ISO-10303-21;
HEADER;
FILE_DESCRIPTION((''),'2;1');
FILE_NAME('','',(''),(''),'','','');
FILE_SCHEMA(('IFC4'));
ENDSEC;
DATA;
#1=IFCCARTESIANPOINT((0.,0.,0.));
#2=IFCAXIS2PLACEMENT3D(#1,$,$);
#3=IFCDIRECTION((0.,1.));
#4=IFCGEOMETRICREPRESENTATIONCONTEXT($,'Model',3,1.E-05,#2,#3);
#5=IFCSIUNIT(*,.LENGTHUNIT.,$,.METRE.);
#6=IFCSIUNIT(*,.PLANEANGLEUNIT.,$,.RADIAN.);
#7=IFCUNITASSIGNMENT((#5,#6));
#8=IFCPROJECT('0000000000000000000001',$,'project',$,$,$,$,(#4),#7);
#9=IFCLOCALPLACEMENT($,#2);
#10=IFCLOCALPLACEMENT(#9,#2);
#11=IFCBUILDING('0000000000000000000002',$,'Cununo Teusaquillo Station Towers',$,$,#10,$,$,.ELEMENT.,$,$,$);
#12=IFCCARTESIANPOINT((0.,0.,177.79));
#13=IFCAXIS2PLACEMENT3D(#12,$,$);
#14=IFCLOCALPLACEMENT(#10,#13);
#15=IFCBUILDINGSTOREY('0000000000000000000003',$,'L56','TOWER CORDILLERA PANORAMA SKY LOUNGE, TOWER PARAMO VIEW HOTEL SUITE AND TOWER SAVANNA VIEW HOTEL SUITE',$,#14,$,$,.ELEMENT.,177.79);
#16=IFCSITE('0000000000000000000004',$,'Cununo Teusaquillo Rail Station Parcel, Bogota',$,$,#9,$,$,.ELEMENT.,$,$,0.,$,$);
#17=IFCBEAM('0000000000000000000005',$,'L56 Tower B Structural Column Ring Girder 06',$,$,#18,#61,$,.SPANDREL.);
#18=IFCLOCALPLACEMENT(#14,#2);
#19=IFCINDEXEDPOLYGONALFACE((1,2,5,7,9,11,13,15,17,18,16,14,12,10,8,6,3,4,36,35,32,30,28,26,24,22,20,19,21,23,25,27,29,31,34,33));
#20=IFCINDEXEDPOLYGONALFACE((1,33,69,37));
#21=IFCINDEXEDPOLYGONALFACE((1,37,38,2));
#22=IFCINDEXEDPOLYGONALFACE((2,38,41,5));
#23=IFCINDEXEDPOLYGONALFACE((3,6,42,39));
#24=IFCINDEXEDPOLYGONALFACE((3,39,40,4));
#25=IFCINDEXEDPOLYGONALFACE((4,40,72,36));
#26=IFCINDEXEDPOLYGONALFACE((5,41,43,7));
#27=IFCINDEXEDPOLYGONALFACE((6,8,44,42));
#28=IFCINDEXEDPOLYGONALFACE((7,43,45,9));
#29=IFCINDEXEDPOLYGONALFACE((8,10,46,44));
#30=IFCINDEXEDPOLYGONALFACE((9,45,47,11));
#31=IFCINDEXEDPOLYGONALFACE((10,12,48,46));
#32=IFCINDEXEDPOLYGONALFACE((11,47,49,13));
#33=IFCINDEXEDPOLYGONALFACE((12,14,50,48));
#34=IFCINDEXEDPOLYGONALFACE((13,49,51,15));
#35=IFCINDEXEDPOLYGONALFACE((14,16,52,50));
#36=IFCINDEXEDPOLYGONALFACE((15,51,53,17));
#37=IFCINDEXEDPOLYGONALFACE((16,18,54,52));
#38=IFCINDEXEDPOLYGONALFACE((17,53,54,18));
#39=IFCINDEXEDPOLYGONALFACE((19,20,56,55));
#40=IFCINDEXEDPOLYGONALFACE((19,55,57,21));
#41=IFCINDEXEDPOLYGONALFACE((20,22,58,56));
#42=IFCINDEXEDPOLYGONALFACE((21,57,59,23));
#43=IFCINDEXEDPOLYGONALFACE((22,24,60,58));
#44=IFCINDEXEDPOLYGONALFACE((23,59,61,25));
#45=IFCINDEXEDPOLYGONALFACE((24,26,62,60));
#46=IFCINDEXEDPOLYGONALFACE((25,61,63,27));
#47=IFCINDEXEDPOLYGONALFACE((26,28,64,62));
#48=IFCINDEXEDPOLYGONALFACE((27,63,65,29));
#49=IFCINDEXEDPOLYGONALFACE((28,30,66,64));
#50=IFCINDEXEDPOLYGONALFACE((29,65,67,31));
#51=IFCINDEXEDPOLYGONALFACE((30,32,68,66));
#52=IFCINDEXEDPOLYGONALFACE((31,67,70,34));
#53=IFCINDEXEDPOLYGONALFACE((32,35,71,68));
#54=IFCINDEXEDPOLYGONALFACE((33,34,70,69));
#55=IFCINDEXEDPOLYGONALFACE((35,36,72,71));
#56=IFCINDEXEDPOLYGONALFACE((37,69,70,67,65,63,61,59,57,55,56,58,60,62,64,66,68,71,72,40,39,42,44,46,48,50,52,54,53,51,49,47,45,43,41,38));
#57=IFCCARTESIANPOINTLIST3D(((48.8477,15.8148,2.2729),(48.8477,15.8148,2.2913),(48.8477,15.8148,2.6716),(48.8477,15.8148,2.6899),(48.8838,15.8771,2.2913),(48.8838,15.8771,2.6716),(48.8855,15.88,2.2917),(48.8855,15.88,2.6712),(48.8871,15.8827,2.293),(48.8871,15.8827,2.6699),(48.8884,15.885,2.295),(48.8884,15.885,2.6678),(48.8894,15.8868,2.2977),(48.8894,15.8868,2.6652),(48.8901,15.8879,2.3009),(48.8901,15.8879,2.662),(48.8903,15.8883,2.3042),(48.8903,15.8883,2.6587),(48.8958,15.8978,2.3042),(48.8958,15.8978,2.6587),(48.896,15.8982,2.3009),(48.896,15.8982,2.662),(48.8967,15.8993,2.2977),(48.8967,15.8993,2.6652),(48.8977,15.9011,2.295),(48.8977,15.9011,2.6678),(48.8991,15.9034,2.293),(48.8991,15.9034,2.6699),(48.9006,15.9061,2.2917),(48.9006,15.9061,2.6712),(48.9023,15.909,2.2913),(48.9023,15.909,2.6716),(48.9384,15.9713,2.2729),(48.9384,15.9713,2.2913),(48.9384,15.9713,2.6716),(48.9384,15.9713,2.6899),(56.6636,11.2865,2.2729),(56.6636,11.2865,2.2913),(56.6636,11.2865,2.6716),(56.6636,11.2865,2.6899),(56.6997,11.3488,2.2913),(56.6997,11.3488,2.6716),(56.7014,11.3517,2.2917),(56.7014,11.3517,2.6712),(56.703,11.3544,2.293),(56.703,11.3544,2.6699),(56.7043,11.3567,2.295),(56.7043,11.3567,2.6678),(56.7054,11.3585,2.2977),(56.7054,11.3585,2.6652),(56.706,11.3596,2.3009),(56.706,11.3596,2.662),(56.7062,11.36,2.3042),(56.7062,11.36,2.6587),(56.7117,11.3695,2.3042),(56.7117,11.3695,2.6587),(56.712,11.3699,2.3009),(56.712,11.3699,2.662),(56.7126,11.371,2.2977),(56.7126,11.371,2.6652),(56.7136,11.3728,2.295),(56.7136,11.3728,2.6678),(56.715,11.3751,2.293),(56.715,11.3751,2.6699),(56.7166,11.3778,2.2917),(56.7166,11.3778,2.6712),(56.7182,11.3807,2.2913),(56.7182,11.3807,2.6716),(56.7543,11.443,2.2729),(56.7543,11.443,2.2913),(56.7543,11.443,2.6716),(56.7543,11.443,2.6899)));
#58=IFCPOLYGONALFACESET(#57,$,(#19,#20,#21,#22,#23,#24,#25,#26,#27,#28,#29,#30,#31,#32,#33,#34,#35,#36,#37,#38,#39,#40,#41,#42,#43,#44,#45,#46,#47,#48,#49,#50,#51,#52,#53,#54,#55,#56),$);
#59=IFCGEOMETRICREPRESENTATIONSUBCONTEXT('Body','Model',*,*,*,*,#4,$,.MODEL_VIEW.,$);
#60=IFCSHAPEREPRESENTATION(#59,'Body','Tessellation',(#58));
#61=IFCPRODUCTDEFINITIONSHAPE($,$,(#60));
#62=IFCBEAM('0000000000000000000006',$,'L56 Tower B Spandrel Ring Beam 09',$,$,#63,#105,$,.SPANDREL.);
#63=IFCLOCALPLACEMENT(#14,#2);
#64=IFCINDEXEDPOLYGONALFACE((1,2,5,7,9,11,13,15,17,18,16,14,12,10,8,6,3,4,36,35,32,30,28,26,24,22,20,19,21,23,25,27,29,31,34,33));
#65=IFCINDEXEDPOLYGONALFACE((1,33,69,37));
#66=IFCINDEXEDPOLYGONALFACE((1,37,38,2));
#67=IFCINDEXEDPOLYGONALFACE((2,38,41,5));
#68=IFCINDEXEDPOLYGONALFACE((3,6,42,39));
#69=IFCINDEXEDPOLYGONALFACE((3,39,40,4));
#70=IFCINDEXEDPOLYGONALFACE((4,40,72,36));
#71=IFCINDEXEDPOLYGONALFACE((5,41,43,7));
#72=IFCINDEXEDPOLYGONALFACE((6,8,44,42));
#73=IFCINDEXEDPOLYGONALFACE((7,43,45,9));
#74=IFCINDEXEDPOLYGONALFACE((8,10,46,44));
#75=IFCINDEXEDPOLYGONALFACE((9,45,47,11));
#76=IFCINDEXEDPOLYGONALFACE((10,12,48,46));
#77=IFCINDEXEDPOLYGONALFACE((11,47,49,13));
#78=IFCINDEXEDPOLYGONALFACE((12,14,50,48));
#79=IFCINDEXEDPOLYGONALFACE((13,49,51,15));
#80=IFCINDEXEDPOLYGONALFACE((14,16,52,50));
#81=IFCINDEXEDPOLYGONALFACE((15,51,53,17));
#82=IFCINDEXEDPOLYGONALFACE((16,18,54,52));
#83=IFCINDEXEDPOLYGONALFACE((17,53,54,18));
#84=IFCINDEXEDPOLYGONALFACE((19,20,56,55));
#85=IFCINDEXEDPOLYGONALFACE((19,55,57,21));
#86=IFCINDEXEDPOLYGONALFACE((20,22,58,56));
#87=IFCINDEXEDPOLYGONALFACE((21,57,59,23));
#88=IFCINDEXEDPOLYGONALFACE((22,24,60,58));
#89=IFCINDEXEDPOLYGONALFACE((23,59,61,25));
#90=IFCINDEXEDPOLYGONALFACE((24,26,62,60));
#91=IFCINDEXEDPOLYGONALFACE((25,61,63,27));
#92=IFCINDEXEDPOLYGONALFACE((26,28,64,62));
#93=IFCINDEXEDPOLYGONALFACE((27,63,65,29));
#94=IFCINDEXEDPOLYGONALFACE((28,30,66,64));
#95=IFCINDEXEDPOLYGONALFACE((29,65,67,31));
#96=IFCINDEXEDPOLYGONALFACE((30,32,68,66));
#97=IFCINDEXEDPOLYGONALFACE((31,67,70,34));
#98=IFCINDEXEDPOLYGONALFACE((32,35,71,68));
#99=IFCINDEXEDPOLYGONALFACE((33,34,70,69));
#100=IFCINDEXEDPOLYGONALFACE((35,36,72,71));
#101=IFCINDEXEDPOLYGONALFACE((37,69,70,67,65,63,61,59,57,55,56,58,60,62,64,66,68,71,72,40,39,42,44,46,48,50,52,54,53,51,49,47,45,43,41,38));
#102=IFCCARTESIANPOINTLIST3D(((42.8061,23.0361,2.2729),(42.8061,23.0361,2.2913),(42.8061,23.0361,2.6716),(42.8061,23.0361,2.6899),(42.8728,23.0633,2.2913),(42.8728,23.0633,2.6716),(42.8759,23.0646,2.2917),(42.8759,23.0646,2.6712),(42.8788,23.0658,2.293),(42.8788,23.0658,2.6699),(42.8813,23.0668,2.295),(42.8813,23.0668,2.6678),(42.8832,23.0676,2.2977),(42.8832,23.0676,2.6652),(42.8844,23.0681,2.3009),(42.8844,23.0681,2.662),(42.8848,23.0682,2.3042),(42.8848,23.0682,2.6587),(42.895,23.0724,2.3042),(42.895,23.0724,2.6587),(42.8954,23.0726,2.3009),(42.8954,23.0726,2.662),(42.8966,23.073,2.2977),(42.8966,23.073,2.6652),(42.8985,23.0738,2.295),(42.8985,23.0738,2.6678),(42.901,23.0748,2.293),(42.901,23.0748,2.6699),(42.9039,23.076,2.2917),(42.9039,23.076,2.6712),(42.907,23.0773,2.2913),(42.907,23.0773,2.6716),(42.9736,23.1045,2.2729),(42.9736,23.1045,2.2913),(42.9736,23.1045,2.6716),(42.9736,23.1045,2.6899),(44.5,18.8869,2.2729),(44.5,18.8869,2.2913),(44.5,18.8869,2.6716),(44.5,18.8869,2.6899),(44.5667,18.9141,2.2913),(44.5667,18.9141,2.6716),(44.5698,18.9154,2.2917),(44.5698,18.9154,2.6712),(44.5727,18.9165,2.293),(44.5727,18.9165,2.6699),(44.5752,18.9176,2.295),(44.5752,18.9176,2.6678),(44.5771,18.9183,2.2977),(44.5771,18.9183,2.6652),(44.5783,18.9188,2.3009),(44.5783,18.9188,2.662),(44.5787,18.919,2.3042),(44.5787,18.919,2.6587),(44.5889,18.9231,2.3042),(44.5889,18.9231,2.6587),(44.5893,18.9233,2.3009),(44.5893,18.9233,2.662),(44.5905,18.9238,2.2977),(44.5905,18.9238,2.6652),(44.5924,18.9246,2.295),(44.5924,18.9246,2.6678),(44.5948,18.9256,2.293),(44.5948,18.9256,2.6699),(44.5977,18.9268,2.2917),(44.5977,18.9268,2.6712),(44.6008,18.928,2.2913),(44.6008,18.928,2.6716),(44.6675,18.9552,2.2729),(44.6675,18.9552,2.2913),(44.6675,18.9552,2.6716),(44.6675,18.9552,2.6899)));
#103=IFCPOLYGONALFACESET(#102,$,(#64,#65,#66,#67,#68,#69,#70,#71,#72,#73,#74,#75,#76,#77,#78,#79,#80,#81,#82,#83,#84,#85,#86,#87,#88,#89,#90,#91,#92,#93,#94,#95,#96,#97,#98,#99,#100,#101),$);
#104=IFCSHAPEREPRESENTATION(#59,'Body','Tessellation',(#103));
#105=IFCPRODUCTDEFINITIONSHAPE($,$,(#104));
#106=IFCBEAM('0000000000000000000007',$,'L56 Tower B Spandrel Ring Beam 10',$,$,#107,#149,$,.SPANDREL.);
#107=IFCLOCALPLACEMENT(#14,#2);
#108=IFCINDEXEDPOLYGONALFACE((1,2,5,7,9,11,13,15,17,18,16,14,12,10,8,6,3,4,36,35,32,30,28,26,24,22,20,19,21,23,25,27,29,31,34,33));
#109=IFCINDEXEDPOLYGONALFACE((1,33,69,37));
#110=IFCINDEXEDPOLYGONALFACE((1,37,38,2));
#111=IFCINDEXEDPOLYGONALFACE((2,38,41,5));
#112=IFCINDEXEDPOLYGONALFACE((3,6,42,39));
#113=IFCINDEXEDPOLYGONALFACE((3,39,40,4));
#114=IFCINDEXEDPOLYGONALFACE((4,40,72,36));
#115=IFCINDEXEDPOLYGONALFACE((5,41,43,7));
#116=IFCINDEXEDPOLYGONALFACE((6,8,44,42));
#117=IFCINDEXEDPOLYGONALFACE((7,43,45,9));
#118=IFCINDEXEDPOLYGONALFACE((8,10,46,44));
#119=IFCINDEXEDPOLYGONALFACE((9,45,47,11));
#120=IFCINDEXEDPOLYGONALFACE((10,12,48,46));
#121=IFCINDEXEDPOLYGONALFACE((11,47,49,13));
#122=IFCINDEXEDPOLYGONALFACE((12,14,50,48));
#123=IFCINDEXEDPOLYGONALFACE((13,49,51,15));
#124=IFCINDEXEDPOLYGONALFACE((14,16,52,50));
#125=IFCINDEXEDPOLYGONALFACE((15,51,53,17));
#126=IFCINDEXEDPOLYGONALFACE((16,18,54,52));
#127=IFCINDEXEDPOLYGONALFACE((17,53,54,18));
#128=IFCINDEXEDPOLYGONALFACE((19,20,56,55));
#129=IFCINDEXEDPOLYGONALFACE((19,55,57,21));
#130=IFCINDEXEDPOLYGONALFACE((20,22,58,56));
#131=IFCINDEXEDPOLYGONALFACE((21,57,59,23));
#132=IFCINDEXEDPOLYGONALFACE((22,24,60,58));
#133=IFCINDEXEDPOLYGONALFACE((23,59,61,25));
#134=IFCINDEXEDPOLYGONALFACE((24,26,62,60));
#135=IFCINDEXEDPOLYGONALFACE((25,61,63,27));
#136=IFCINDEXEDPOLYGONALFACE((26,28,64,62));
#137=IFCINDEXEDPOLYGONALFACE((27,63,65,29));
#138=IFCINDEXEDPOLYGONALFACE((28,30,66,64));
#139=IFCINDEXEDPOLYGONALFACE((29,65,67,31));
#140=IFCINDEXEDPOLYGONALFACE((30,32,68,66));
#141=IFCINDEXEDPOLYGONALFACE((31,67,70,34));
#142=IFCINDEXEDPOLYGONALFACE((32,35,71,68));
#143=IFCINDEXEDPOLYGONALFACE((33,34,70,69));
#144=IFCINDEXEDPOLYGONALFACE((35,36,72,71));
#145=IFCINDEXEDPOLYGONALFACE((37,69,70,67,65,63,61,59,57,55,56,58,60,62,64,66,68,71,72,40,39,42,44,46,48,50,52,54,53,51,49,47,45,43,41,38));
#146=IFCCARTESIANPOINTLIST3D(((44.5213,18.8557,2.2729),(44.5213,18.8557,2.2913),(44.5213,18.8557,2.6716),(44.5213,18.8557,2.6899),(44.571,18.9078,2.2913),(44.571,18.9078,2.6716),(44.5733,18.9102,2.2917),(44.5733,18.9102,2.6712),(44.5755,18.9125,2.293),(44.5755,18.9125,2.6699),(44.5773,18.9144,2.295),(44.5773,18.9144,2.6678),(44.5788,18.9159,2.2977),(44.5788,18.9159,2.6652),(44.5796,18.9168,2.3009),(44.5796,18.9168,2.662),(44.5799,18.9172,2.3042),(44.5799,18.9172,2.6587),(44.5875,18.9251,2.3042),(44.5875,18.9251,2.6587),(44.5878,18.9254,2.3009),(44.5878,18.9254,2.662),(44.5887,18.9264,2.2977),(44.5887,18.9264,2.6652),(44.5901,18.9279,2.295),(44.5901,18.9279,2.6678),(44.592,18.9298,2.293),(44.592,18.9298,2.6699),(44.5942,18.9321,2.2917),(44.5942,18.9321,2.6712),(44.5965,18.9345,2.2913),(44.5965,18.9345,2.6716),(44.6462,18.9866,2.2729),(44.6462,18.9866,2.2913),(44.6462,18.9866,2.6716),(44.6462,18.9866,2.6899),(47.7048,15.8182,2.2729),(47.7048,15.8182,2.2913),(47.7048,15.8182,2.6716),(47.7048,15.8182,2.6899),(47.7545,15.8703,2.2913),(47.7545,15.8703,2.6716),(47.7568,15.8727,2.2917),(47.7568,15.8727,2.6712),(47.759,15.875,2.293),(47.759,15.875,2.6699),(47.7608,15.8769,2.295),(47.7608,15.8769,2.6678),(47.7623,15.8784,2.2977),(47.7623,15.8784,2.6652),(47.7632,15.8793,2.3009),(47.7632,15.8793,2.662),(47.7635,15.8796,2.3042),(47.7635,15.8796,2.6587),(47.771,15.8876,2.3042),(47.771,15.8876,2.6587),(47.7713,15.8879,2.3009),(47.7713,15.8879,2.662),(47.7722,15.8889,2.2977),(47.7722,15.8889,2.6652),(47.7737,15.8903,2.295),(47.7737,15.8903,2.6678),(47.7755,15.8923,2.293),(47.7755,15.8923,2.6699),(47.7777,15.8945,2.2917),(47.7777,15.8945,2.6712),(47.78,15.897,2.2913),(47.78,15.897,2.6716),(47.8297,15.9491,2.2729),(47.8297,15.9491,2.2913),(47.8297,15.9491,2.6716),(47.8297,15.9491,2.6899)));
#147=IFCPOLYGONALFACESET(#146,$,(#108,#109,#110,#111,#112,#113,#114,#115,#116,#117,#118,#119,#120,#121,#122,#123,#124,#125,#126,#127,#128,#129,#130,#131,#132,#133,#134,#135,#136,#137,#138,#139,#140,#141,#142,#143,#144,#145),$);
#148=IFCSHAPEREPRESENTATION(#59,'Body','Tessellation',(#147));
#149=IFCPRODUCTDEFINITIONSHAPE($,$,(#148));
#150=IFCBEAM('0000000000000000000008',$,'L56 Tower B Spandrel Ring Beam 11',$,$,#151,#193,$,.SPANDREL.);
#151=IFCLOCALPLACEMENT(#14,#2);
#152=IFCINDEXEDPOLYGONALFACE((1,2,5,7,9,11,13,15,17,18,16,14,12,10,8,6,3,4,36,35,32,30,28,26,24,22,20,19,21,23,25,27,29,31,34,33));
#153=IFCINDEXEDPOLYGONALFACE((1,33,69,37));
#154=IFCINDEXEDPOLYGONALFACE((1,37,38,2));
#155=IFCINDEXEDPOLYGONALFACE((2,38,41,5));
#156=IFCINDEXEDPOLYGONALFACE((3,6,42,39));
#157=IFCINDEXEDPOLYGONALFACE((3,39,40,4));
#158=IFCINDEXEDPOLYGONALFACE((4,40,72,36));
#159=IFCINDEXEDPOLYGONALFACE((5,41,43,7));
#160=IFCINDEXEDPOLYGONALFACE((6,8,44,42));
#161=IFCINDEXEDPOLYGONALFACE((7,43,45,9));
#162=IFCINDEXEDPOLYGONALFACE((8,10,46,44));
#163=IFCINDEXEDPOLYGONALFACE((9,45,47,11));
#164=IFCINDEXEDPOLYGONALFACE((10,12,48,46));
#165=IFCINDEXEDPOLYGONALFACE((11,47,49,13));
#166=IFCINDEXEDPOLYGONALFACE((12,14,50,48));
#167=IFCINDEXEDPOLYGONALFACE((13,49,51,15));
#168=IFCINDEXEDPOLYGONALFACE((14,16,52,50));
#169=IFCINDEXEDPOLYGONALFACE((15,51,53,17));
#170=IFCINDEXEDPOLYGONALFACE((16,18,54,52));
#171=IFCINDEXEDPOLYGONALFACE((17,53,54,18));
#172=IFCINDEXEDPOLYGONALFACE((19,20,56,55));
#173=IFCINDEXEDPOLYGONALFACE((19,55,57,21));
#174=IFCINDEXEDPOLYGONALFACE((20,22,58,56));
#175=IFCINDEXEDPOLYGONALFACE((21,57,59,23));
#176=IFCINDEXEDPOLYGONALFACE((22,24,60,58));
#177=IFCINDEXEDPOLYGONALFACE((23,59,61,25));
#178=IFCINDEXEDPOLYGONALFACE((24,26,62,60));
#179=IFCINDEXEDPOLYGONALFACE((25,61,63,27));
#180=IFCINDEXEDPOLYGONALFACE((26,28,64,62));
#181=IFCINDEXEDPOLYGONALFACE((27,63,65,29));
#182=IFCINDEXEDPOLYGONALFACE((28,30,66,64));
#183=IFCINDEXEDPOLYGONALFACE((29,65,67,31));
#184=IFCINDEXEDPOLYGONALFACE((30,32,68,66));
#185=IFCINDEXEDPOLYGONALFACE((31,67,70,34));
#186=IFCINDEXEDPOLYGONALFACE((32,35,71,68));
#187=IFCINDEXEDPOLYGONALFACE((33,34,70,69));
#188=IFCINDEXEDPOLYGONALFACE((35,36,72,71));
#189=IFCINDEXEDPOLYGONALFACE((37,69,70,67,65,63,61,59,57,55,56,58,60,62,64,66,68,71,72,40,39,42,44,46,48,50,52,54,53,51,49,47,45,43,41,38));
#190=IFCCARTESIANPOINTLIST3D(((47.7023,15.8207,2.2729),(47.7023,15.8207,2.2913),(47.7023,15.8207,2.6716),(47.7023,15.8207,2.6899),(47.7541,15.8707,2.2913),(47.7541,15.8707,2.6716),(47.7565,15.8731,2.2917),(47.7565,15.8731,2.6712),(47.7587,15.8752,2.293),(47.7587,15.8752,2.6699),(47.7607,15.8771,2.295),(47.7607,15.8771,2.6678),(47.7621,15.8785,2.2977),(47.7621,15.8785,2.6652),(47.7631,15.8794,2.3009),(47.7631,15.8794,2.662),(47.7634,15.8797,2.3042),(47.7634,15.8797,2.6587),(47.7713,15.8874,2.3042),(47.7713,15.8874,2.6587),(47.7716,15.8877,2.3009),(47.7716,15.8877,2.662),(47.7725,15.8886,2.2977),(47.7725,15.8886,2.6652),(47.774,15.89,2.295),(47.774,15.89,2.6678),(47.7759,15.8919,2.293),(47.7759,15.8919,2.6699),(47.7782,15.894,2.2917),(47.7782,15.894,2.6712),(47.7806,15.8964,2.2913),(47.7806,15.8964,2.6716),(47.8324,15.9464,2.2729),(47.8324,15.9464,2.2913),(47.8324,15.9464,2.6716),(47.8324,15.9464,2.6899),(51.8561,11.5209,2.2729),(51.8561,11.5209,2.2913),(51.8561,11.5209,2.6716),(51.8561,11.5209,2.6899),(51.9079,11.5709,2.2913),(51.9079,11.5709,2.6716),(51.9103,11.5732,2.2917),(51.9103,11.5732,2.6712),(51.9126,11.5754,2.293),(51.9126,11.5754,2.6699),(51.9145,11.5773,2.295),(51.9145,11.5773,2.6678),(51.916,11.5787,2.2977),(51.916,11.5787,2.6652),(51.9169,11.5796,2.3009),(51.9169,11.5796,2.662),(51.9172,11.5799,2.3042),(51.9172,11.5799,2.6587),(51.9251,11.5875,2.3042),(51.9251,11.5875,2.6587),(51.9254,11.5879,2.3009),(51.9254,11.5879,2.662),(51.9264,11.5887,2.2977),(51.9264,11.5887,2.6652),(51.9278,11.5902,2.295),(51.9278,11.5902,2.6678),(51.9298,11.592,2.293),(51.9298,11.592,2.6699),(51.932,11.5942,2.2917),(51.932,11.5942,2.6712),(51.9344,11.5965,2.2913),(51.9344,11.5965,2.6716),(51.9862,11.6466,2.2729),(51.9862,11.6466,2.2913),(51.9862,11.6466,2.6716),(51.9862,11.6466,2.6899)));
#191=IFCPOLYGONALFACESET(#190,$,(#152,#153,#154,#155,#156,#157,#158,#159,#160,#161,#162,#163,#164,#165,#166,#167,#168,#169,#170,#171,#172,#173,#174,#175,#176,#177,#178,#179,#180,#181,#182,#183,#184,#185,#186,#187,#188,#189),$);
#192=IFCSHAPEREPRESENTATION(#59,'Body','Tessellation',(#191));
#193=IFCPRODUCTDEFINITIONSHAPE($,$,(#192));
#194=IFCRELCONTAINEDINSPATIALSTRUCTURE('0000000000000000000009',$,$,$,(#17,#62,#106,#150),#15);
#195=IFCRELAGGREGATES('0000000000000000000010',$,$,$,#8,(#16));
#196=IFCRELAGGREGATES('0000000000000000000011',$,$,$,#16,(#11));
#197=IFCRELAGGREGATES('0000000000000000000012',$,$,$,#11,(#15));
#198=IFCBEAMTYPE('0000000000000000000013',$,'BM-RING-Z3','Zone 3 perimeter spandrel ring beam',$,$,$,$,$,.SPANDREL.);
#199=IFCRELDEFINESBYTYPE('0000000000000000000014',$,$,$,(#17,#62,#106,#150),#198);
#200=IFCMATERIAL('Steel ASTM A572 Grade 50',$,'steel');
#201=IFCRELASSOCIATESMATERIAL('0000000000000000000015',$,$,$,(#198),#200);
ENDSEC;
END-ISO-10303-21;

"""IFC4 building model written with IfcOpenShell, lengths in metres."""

from ifc_helpers import new_model, si_unit, direction, frame, origin, origin_2d, place, context, subcontext, project, spatial, i_section, extrude, material, material_profile, profile_set, type_object, element, save


model = new_model("IFC4")

# Units and contexts
model_context = context("Model", 3, precision=1e-05, world=origin(), true_north=direction((0.0, 1.0)))
body_context = subcontext(model_context, "Body", "Model", "MODEL_VIEW")
ifc_project = project(units=[si_unit("LENGTHUNIT", "METRE"), si_unit("PLANEANGLEUNIT", "RADIAN")], contexts=[model_context])

# Site, building, storey
site_placement = place(None, origin())
site = spatial("IfcSite", under=ifc_project, at=site_placement, Name="Cununo Teusaquillo Rail Station Parcel, Bogota", CompositionType="ELEMENT", RefElevation=0.0)
building_placement = place(site_placement, origin())
building = spatial("IfcBuilding", under=site, at=building_placement, Name="Cununo Teusaquillo Station Towers", CompositionType="ELEMENT")
storey_placement = place(building_placement, frame((0.0, 0.0, 177.79)))
storey = spatial("IfcBuildingStorey", under=building, at=storey_placement, Name="L56", Description="TOWER CORDILLERA PANORAMA SKY LOUNGE, TOWER PARAMO VIEW HOTEL SUITE AND TOWER SAVANNA VIEW HOTEL SUITE", CompositionType="ELEMENT", Elevation=177.79)

# Beams
ifc_material_1 = material(Name="Steel ASTM A572 Grade 50", Category="steel")
ifc_material_profile_1 = material_profile(ifc_material_1, i_section(OverallWidth=0.1809, OverallDepth=0.417, WebThickness=0.011, FlangeThickness=0.0183, FilletRadius=0.0129, at=origin_2d()), Name="W16X57")
ifc_profile_set_1 = profile_set([ifc_material_profile_1], Name="Steel ASTM A572 Grade 50")
beam_type_1 = type_object("IfcBeamType", Name="BM-RING-Z3", Description="Zone 3 perimeter spandrel ring beam", PredefinedType="SPANDREL", material=ifc_profile_set_1)
for number, where, z_axis, x_axis, name in (
    (1, (48.8931, 15.8931, 2.4814), (0.865267, -0.501311, 0.0), (0.501311, 0.865267, 0.0), "L56 Tower B Structural Column Ring Girder 06"),
):
    element("IfcBeam", number, at=place(storey_placement, frame(where, z_axis=z_axis, x_axis=x_axis)), inside=storey, type_object=beam_type_1, Name=name, PredefinedType="SPANDREL", context=body_context, shape_type="SweptSolid", body=[
        extrude(i_section(OverallWidth=0.1809, OverallDepth=0.417, WebThickness=0.011, FlangeThickness=0.0183, FilletRadius=0.0129, at=origin_2d()), origin(), (0.0, 0.0, 1.0), 9.033),
    ])
beam_1_placement = place(storey_placement, frame((42.8899, 23.0703, 2.4814), z_axis=(0.377956, -0.925824, 0.0), x_axis=(0.925824, 0.377956, 0.0)))
element("IfcBeam", 2, at=beam_1_placement, inside=storey, type_object=beam_type_1, Name="L56 Tower B Spandrel Ring Beam 09", PredefinedType="SPANDREL", context=body_context, shape_type="SweptSolid", body=[
    extrude(i_section(OverallWidth=0.1809, OverallDepth=0.417, WebThickness=0.011, FlangeThickness=0.0183, FilletRadius=0.0129, at=origin_2d()), origin(), (0.0, 0.0, 1.0), 4.4817),
])
beam_2_placement = place(storey_placement, frame((44.5837, 18.9211, 2.4814), z_axis=(0.723502, -0.690323, 0.0), x_axis=(0.690323, 0.723502, 0.0)))
element("IfcBeam", 3, at=beam_2_placement, inside=storey, type_object=beam_type_1, Name="L56 Tower B Spandrel Ring Beam 10", PredefinedType="SPANDREL", context=body_context, shape_type="SweptSolid", body=[
    extrude(i_section(OverallWidth=0.1809, OverallDepth=0.417, WebThickness=0.011, FlangeThickness=0.0183, FilletRadius=0.0129, at=origin_2d()), origin(), (0.0, 0.0, 1.0), 4.4001),
])
beam_3_placement = place(storey_placement, frame((47.7673, 15.8835, 2.4814), z_axis=(0.694791, -0.719211, 0.0), x_axis=(0.719211, 0.694791, 0.0)))
element("IfcBeam", 4, at=beam_3_placement, inside=storey, type_object=beam_type_1, Name="L56 Tower B Spandrel Ring Beam 11", PredefinedType="SPANDREL", context=body_context, shape_type="SweptSolid", body=[
    extrude(i_section(OverallWidth=0.1809, OverallDepth=0.417, WebThickness=0.011, FlangeThickness=0.0183, FilletRadius=0.0129, at=origin_2d()), origin(), (0.0, 0.0, 1.0), 5.9785),
])

save(model, "model.ifc")
